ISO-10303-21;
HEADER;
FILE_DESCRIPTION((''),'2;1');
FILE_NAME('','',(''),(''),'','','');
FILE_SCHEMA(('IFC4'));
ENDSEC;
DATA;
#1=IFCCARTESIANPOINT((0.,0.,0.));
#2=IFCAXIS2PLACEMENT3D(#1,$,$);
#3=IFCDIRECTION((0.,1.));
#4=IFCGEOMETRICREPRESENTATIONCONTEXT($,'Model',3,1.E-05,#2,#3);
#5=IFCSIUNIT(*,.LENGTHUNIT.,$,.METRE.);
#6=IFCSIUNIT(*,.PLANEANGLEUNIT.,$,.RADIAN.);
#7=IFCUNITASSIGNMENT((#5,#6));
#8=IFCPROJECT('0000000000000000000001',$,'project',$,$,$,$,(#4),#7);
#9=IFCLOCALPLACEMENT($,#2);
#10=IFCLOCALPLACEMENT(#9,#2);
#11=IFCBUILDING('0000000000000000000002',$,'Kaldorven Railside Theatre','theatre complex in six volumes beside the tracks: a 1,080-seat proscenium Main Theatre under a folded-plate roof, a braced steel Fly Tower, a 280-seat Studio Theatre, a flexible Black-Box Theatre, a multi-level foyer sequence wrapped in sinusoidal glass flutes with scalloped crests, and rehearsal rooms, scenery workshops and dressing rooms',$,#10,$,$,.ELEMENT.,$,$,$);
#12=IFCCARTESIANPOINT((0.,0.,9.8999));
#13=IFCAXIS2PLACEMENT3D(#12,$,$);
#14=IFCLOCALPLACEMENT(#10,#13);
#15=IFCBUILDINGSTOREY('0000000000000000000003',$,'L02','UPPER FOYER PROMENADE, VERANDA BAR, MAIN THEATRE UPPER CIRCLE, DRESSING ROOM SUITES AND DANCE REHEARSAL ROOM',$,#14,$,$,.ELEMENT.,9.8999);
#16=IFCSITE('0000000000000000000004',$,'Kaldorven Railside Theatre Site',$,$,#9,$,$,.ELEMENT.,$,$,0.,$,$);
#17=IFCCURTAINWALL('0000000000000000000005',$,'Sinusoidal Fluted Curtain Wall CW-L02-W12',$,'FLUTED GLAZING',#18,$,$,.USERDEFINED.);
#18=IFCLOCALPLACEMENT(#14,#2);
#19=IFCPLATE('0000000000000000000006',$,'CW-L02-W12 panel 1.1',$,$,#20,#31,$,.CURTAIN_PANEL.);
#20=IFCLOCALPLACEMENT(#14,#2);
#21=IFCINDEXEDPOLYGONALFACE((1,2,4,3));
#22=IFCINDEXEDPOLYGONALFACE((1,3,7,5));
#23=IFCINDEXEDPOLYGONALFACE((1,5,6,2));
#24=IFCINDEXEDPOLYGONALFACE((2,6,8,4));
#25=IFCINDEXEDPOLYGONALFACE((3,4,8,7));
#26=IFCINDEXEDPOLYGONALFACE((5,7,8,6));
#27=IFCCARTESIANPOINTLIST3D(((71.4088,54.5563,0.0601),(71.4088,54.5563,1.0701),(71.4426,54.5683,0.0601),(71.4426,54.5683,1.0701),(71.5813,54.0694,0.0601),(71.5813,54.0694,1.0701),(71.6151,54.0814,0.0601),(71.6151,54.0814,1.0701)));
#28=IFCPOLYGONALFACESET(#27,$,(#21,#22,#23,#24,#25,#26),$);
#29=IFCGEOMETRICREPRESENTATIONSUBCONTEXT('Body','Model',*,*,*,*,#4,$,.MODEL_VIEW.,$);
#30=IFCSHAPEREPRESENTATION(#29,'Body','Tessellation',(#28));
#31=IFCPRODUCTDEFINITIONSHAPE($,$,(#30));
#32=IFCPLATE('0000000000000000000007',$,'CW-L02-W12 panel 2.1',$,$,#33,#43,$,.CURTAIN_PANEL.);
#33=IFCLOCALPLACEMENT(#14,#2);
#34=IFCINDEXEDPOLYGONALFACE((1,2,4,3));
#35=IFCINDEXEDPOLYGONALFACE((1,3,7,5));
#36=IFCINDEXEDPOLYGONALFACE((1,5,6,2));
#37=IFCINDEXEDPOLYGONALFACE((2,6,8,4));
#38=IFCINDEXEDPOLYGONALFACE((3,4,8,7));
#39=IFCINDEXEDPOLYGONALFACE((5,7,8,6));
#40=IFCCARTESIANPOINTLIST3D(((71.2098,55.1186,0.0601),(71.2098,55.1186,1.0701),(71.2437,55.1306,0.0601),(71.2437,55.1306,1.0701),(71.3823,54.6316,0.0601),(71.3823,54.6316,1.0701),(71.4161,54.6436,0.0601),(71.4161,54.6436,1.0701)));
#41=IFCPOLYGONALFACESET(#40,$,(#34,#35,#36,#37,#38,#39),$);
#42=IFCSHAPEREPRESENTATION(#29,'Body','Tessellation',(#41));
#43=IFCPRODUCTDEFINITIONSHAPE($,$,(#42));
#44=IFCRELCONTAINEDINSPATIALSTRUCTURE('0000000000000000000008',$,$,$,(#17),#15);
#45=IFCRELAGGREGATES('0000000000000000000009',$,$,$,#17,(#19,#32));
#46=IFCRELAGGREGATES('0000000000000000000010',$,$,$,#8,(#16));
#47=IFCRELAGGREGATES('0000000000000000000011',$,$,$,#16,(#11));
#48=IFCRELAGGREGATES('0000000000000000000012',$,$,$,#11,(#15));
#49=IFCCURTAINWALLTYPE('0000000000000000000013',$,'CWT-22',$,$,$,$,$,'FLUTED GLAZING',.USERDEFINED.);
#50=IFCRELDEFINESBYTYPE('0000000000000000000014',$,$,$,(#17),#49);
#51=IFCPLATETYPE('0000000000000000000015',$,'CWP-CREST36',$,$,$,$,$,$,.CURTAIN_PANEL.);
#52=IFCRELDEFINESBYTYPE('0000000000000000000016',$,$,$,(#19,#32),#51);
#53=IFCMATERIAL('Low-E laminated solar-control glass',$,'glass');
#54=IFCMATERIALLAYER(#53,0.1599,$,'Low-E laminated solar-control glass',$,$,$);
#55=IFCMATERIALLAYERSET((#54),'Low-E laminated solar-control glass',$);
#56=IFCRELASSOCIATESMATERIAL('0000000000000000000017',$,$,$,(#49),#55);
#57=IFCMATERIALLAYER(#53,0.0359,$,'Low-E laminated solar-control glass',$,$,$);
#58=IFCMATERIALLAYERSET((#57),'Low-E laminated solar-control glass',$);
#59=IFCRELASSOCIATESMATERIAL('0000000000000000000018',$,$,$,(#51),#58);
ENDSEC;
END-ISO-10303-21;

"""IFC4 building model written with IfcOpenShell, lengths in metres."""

from ifc_helpers import new_model, si_unit, direction, frame, origin, origin_2d, place, context, subcontext, project, spatial, rectangle, extrude, material, layer, layer_set, type_object, element, aggregate, save


model = new_model("IFC4")

# Units and contexts
model_context = context("Model", 3, precision=1e-05, world=origin(), true_north=direction((0.0, 1.0)))
body_context = subcontext(model_context, "Body", "Model", "MODEL_VIEW")
ifc_project = project(units=[si_unit("LENGTHUNIT", "METRE"), si_unit("PLANEANGLEUNIT", "RADIAN")], contexts=[model_context])

# Site, building, storey
site_placement = place(None, origin())
site = spatial("IfcSite", under=ifc_project, at=site_placement, Name="Kaldorven Railside Theatre Site", CompositionType="ELEMENT", RefElevation=0.0)
building_placement = place(site_placement, origin())
building = spatial("IfcBuilding", under=site, at=building_placement, Name="Kaldorven Railside Theatre", Description="theatre complex in six volumes beside the tracks: a 1,080-seat proscenium Main Theatre under a folded-plate roof, a braced steel Fly Tower, a 280-seat Studio Theatre, a flexible Black-Box Theatre, a multi-level foyer sequence wrapped in sinusoidal glass flutes with scalloped crests, and rehearsal rooms, scenery workshops and dressing rooms", CompositionType="ELEMENT")
storey_placement = place(building_placement, frame((0.0, 0.0, 9.8999)))
storey = spatial("IfcBuildingStorey", under=building, at=storey_placement, Name="L02", Description="UPPER FOYER PROMENADE, VERANDA BAR, MAIN THEATRE UPPER CIRCLE, DRESSING ROOM SUITES AND DANCE REHEARSAL ROOM", CompositionType="ELEMENT", Elevation=9.8999)

# Shared definitions
ifc_material_1 = material(Name="Low-E laminated solar-control glass", Category="glass")

# Curtain wall
ifc_layer_1 = layer(ifc_material_1, 0.1599, Name="Low-E laminated solar-control glass")
ifc_layer_set_1 = layer_set([ifc_layer_1], Name="Low-E laminated solar-control glass")
curtain_wall_type_1 = type_object("IfcCurtainWallType", Name="CWT-22", ElementType="FLUTED GLAZING", PredefinedType="USERDEFINED", material=ifc_layer_set_1)
curtain_wall_1_placement = place(storey_placement, origin())
curtain_wall_1 = element("IfcCurtainWall", 1, at=curtain_wall_1_placement, inside=storey, type_object=curtain_wall_type_1, Name="Sinusoidal Fluted Curtain Wall CW-L02-W12", ObjectType="FLUTED GLAZING", PredefinedType="USERDEFINED")

# Plates
ifc_layer_2 = layer(ifc_material_1, 0.0359, Name="Low-E laminated solar-control glass")
ifc_layer_set_2 = layer_set([ifc_layer_2], Name="Low-E laminated solar-control glass")
plate_type = type_object("IfcPlateType", Name="CWP-CREST36", PredefinedType="CURTAIN_PANEL", material=ifc_layer_set_2)
plate_1_placement = place(storey_placement, frame((71.512, 54.3188, 0.0601), z_axis=(0.0, 0.0, 1.0), x_axis=(-0.333847, 0.942627, 0.0)))
plate_1 = element("IfcPlate", 2, at=plate_1_placement, type_object=plate_type, Name="CW-L02-W12 panel 1.1", PredefinedType="CURTAIN_PANEL", context=body_context, shape_type="SweptSolid", body=[
    extrude(rectangle(XDim=0.5166, YDim=0.0359, at=origin_2d()), origin(), (0.0, 0.0, 1.0), 1.01),
])
plate_2_placement = place(storey_placement, frame((71.313, 54.8811, 0.0601), z_axis=(0.0, 0.0, 1.0), x_axis=(-0.333847, 0.942627, 0.0)))
plate_2 = element("IfcPlate", 3, at=plate_2_placement, type_object=plate_type, Name="CW-L02-W12 panel 2.1", PredefinedType="CURTAIN_PANEL", context=body_context, shape_type="SweptSolid", body=[
    extrude(rectangle(XDim=0.5166, YDim=0.0359, at=origin_2d()), origin(), (0.0, 0.0, 1.0), 1.01),
])
aggregate(curtain_wall_1, [plate_1, plate_2])

save(model, "model.ifc")
